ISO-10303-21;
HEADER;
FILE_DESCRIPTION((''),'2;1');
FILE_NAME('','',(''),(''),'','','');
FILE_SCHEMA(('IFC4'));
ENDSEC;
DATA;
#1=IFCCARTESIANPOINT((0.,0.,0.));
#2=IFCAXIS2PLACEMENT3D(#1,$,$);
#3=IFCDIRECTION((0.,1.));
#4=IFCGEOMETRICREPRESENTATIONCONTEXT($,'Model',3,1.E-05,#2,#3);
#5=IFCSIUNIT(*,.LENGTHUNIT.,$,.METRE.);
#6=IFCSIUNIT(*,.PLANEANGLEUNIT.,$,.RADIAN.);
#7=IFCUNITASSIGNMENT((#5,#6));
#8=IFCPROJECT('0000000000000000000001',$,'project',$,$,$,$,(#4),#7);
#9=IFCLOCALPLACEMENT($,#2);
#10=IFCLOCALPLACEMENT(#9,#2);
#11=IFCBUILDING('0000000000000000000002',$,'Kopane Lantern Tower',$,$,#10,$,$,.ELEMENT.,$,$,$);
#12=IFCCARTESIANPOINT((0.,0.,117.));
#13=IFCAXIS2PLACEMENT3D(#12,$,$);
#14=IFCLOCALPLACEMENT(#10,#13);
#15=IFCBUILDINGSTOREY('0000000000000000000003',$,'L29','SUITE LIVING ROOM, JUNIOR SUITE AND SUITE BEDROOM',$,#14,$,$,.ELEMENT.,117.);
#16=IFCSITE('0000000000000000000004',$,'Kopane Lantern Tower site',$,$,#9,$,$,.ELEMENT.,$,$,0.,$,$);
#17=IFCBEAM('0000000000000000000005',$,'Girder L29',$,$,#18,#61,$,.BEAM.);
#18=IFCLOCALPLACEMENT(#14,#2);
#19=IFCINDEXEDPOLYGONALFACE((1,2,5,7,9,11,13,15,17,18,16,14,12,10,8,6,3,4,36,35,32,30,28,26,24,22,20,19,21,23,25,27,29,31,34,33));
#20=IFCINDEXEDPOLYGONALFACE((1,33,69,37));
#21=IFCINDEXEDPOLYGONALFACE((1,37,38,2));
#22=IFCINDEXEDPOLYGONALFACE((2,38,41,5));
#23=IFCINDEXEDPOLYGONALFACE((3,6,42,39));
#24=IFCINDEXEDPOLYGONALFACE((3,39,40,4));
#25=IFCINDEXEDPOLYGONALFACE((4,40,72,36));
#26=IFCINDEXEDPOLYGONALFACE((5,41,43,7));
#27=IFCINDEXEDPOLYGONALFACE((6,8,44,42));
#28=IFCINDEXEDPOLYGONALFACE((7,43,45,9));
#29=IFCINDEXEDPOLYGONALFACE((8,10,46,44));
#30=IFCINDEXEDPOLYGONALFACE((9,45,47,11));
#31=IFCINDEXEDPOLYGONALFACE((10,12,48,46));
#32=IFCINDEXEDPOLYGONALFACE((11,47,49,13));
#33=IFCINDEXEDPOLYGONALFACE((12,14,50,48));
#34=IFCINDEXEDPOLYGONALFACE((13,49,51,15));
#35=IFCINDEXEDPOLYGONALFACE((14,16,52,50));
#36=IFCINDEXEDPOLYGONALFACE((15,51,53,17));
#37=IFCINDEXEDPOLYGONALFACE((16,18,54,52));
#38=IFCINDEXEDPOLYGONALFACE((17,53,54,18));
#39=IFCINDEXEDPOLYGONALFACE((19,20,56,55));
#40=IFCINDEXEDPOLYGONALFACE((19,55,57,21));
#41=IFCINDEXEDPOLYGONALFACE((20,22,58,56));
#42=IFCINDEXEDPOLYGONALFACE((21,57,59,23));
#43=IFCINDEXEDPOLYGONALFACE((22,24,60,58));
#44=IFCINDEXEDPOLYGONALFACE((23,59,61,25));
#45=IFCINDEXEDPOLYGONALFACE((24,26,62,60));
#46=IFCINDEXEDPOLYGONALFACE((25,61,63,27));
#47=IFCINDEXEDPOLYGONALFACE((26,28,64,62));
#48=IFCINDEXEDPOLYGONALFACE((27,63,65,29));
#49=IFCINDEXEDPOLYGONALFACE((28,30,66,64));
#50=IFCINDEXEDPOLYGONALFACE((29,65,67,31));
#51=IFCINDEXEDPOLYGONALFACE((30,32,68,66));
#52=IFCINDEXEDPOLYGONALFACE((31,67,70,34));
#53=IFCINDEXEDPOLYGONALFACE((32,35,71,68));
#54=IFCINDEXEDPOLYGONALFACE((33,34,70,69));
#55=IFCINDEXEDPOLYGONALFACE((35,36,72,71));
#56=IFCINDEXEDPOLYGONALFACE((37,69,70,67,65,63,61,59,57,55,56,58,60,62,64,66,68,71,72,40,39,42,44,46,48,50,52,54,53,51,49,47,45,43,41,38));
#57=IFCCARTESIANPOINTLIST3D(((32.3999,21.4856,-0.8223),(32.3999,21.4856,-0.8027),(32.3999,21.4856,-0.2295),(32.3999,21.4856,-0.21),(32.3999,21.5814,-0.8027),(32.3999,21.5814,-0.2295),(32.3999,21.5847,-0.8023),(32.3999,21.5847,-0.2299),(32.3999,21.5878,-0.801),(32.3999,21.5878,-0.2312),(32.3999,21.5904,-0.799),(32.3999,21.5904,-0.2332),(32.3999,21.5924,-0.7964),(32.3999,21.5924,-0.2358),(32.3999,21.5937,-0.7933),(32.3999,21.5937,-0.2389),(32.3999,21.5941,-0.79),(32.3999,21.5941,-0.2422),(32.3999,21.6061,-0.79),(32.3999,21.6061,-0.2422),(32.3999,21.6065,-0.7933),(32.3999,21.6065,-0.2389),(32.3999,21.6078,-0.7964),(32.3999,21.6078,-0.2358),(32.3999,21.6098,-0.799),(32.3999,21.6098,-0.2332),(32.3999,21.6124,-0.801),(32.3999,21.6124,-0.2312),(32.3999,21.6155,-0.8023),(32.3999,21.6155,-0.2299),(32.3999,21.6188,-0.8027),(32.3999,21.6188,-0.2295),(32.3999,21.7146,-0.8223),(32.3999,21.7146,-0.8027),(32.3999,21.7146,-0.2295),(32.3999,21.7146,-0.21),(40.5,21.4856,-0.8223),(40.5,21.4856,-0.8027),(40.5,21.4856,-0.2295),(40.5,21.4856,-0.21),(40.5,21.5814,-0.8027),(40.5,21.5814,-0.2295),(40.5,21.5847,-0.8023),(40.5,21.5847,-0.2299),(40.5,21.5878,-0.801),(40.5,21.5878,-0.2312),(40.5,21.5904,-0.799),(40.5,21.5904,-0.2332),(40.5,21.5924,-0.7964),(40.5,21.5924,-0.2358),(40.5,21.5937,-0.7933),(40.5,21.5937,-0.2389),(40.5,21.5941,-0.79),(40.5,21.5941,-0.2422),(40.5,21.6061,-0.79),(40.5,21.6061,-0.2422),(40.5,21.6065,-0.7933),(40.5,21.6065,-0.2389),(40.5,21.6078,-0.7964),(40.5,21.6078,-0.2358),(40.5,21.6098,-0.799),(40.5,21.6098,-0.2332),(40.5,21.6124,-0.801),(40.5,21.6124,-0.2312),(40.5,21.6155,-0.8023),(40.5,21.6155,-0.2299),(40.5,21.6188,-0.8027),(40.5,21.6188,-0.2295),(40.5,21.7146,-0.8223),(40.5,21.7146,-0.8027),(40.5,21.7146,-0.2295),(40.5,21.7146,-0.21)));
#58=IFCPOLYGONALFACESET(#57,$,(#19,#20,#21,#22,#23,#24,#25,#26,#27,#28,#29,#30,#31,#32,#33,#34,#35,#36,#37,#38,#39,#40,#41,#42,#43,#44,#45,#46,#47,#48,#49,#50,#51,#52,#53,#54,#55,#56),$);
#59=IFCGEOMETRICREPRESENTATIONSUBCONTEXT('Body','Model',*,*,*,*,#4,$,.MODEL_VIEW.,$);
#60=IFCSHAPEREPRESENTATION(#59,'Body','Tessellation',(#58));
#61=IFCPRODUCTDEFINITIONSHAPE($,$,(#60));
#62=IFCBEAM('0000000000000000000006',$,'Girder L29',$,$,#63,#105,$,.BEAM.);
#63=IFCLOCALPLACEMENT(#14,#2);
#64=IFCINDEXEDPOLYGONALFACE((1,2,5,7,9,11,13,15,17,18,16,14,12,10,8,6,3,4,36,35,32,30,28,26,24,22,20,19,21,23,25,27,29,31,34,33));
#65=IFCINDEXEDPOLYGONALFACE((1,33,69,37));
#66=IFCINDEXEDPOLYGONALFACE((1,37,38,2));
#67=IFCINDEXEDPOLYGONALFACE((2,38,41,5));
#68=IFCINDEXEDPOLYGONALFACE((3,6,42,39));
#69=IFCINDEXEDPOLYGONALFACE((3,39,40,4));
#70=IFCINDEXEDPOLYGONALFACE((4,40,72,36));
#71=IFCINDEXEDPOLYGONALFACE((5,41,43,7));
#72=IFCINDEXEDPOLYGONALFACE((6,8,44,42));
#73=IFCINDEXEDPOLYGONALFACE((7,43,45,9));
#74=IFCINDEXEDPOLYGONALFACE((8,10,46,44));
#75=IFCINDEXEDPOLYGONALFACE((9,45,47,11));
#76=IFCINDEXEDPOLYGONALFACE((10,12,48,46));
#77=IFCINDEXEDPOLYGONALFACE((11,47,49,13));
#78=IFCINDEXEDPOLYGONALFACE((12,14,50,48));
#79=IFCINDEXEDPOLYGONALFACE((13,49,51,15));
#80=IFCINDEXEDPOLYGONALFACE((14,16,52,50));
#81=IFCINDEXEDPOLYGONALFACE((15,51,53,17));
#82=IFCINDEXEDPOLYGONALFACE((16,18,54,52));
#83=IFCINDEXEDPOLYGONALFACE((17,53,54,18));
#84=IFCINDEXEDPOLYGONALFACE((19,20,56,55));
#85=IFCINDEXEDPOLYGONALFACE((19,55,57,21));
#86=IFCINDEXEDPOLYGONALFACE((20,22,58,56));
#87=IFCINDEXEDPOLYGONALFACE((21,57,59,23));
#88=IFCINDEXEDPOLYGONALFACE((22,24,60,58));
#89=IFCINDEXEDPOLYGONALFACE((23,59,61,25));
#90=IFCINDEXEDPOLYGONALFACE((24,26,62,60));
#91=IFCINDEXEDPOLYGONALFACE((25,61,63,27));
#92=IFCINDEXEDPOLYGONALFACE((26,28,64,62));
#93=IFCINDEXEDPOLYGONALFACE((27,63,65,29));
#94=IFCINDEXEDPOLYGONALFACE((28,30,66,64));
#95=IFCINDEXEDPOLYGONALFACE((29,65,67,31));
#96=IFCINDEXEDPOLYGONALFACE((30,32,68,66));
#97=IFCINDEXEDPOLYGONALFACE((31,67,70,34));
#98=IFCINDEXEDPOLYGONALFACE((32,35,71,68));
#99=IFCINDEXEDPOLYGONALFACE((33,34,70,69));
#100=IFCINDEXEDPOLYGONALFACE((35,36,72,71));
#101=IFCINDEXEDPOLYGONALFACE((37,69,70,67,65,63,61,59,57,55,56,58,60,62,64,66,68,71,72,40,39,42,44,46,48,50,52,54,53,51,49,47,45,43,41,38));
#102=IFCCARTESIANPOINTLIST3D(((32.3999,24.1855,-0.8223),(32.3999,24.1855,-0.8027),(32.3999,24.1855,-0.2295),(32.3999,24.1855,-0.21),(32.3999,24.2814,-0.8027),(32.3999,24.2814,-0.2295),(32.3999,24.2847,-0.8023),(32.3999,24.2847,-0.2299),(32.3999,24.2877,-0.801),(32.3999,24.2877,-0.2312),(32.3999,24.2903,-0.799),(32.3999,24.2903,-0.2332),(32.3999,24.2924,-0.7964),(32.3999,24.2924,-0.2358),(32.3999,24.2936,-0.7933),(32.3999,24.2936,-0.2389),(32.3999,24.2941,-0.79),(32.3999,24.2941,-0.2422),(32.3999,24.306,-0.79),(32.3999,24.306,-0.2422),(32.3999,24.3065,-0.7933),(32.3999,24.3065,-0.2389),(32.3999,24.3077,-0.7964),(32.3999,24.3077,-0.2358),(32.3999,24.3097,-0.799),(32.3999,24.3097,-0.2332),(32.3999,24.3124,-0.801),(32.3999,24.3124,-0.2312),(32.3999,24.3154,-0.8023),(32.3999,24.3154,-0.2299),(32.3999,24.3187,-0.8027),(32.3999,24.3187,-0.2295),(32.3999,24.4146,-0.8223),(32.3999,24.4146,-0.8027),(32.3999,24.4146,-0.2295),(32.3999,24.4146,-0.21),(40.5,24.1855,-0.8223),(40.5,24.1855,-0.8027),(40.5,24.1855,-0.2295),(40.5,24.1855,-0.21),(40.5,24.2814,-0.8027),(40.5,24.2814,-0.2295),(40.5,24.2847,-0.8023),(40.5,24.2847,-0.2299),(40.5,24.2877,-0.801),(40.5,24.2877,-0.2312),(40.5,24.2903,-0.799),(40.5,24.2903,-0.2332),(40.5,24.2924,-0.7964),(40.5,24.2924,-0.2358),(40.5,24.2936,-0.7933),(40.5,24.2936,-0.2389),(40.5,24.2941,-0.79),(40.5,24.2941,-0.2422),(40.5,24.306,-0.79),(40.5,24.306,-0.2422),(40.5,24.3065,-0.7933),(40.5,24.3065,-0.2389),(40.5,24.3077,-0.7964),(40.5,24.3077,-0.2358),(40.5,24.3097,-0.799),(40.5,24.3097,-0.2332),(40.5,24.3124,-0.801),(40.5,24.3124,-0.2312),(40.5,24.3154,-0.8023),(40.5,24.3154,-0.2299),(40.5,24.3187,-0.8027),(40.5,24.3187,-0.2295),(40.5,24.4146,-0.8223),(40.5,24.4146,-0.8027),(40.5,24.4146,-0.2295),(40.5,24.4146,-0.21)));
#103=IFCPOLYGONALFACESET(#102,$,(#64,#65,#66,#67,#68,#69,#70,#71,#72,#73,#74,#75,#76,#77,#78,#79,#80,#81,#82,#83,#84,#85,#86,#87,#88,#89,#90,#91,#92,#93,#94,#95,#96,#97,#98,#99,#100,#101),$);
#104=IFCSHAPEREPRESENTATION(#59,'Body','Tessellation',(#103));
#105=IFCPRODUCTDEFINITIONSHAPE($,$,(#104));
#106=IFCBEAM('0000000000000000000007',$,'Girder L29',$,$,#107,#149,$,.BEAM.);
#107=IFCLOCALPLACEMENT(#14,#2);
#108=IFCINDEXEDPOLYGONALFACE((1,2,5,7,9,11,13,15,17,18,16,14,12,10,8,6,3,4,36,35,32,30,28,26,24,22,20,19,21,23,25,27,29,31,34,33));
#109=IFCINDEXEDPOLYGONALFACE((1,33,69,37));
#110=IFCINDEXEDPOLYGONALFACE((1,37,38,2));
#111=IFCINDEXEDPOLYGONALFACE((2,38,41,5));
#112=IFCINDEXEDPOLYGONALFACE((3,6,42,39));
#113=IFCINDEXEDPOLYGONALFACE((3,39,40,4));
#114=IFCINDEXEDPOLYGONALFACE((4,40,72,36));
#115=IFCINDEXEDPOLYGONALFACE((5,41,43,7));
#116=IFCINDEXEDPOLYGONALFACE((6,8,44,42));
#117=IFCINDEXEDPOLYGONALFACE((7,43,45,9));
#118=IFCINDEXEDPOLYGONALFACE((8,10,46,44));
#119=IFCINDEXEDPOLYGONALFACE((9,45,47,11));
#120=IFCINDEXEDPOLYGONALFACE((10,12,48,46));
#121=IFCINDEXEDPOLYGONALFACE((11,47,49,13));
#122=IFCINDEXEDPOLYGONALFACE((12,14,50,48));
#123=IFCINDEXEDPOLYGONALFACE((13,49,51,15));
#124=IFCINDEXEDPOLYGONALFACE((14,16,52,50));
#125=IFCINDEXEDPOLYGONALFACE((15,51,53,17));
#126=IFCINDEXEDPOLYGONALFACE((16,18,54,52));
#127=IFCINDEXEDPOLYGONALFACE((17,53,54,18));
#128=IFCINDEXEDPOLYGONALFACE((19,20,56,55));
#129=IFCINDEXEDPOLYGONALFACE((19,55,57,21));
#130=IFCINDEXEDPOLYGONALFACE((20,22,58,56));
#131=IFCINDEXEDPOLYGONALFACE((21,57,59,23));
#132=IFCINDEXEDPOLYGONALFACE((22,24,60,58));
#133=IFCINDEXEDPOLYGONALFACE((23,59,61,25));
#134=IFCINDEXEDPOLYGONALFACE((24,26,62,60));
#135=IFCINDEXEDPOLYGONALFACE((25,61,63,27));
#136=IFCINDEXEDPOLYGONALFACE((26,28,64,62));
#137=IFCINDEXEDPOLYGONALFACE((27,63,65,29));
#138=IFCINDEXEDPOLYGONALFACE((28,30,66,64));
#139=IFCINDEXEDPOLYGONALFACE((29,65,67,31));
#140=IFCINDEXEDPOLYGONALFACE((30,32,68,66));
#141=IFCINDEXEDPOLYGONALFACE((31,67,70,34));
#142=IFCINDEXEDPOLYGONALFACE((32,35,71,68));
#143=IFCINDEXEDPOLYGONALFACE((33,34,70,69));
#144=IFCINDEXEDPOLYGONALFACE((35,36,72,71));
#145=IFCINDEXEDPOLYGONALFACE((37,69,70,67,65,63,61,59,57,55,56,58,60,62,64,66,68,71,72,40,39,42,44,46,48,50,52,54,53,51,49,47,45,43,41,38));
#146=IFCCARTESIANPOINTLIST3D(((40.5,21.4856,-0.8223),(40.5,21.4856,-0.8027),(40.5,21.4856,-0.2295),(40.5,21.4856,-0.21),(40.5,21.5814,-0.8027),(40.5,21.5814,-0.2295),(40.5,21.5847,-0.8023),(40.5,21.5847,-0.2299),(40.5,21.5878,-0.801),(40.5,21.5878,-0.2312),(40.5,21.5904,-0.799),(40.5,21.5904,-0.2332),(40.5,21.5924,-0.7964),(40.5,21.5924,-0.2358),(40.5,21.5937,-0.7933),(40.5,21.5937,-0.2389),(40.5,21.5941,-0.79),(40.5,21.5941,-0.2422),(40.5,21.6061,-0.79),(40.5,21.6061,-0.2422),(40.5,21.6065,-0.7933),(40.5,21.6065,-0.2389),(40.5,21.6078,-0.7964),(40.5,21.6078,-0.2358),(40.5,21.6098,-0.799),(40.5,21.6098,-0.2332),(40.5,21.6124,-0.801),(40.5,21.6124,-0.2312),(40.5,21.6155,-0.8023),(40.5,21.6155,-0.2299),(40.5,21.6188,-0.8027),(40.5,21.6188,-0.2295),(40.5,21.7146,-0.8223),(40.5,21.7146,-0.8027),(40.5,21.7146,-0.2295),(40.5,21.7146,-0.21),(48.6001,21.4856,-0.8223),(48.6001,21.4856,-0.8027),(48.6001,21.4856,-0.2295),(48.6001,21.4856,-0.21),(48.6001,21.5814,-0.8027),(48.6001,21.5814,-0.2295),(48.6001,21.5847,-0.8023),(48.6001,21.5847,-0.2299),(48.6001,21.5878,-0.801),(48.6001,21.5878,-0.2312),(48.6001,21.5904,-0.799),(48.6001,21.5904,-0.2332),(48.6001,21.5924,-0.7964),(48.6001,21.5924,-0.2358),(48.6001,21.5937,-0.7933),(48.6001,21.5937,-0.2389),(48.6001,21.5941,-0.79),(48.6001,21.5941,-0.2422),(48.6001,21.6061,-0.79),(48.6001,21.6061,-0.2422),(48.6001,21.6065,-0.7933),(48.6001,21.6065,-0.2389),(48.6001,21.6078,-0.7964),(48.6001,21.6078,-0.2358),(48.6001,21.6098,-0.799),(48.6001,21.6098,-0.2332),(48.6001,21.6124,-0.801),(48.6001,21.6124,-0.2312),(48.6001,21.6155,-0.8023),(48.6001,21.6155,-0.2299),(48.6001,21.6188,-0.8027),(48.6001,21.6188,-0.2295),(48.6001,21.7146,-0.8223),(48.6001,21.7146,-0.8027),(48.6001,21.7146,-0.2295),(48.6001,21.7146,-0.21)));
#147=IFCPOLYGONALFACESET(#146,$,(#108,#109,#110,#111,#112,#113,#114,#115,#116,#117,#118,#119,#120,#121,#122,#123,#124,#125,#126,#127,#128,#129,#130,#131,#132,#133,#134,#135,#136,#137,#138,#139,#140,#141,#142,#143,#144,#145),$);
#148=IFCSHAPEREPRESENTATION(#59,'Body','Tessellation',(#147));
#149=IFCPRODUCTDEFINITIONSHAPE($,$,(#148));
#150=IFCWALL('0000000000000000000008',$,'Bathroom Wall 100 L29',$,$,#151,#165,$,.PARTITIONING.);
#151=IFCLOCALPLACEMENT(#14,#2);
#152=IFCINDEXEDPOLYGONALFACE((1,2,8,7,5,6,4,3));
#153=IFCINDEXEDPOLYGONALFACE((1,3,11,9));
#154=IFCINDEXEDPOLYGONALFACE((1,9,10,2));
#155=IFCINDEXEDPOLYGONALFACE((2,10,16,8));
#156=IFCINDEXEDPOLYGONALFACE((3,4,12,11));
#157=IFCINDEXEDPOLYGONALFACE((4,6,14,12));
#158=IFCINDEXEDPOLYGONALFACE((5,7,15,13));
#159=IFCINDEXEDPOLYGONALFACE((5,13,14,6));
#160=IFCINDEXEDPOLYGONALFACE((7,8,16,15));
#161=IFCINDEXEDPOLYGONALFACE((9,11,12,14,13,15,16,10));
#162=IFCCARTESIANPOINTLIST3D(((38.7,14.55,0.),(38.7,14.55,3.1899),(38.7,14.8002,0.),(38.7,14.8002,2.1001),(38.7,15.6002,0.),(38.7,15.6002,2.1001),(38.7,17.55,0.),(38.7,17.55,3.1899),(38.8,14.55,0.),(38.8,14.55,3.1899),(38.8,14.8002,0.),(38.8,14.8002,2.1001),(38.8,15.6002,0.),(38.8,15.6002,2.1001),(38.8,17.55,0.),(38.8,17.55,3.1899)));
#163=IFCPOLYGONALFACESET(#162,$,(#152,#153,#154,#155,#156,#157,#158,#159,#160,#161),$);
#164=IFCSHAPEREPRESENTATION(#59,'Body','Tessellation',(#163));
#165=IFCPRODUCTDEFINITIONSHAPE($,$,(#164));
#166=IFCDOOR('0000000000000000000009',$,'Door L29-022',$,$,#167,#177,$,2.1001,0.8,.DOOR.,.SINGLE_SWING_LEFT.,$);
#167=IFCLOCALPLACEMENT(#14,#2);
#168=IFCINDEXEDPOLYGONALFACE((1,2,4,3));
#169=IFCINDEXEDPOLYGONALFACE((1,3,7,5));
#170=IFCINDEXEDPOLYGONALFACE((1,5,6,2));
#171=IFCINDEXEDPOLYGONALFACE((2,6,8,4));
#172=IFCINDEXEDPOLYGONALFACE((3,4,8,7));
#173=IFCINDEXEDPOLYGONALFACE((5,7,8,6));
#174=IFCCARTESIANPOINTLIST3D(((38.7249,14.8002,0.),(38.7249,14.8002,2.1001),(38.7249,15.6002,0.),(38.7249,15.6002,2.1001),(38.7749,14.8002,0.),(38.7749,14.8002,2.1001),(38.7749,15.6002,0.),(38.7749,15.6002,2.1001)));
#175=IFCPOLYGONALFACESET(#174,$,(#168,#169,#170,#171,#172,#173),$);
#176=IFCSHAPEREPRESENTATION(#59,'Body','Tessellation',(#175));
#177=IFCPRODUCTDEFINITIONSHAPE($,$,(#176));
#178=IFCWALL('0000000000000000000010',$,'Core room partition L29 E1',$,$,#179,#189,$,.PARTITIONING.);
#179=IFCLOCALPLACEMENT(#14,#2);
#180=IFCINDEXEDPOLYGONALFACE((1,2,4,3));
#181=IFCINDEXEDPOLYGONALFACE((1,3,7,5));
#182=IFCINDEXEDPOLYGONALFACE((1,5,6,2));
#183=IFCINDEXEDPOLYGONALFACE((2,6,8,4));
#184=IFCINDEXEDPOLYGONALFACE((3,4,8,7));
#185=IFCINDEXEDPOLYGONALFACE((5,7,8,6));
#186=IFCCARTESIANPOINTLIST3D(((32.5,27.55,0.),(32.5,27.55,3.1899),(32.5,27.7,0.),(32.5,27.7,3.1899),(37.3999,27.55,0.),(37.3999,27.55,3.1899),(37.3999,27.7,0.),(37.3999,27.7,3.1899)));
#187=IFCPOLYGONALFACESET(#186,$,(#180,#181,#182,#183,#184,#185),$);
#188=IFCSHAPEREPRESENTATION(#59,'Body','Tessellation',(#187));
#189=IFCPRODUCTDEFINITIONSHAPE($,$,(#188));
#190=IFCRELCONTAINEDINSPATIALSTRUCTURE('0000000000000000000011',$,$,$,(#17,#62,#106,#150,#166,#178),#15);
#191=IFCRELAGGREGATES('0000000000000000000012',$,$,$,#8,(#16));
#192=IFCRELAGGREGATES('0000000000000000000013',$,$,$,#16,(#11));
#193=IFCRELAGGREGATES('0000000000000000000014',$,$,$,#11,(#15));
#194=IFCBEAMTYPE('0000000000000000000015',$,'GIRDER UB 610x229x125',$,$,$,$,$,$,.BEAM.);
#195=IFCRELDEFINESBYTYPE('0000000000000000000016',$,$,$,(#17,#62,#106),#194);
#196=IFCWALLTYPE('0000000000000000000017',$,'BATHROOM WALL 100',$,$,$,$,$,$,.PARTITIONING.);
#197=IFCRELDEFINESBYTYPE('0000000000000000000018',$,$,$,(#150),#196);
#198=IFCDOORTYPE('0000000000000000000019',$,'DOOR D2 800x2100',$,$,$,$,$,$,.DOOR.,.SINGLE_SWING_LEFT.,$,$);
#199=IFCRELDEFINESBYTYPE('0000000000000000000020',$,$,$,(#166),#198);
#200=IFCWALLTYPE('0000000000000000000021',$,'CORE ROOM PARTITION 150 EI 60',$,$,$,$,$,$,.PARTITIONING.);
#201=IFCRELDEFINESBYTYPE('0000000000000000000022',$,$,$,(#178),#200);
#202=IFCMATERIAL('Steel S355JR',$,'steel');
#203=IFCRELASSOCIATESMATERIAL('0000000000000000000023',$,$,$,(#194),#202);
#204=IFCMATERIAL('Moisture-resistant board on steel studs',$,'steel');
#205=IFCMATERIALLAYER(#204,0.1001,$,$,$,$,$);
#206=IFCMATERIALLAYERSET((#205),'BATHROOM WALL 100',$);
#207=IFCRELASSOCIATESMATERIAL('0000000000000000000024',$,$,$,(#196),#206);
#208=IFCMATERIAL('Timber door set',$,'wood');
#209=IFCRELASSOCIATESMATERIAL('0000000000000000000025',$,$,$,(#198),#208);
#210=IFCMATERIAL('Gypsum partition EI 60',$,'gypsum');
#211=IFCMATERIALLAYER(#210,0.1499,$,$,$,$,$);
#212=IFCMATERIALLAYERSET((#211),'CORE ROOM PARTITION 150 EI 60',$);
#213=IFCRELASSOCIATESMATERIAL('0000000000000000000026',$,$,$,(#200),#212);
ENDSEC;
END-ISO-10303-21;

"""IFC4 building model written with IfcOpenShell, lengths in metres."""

from ifc_helpers import new_model, si_unit, direction, frame, frame_2d, origin, origin_2d, place, context, subcontext, project, spatial, rectangle, i_section, extrude, material, layer, layer_set, material_profile, profile_set, type_object, element, fill, save


model = new_model("IFC4")

# Units and contexts
model_context = context("Model", 3, precision=1e-05, world=origin(), true_north=direction((0.0, 1.0)))
body_context = subcontext(model_context, "Body", "Model", "MODEL_VIEW")
ifc_project = project(units=[si_unit("LENGTHUNIT", "METRE"), si_unit("PLANEANGLEUNIT", "RADIAN")], contexts=[model_context])

# Site, building, storey
site_placement = place(None, origin())
site = spatial("IfcSite", under=ifc_project, at=site_placement, Name="Kopane Lantern Tower site", CompositionType="ELEMENT", RefElevation=0.0)
building_placement = place(site_placement, origin())
building = spatial("IfcBuilding", under=site, at=building_placement, Name="Kopane Lantern Tower", CompositionType="ELEMENT")
storey_placement = place(building_placement, frame((0.0, 0.0, 117.0)))
storey = spatial("IfcBuildingStorey", under=building, at=storey_placement, Name="L29", Description="SUITE LIVING ROOM, JUNIOR SUITE AND SUITE BEDROOM", CompositionType="ELEMENT", Elevation=117.0)

# Beams
ifc_material_1 = material(Name="Steel S355JR", Category="steel")
ifc_material_profile_1 = material_profile(ifc_material_1, i_section(OverallWidth=0.229, OverallDepth=0.6123, WebThickness=0.012, FlangeThickness=0.0195, FilletRadius=0.0127, at=origin_2d()), Name="UB 610x229x125")
ifc_profile_set_1 = profile_set([ifc_material_profile_1], Name="Steel S355JR")
beam_type_1 = type_object("IfcBeamType", Name="GIRDER UB 610x229x125", PredefinedType="BEAM", material=ifc_profile_set_1)
for number, where, z_axis, x_axis, name in (
    (1, (32.3999, 21.6001, -0.5161), (1.0, 0.0, 0.0), (0.0, 1.0, 0.0), "Girder L29"),
    (2, (32.3999, 24.3, -0.5161), (1.0, 0.0, 0.0), (0.0, 1.0, 0.0), "Girder L29"),
    (3, (40.5, 21.6001, -0.5161), (1.0, 0.0, 0.0), (0.0, 1.0, 0.0), "Girder L29"),
):
    element("IfcBeam", number, at=place(storey_placement, frame(where, z_axis=z_axis, x_axis=x_axis)), inside=storey, type_object=beam_type_1, Name=name, PredefinedType="BEAM", context=body_context, shape_type="SweptSolid", body=[
        extrude(i_section(OverallWidth=0.229, OverallDepth=0.6123, WebThickness=0.012, FlangeThickness=0.0195, FilletRadius=0.0127, at=origin_2d()), origin(), (0.0, 0.0, 1.0), 8.1001),
    ])

# Wall, opening, door
ifc_material_2 = material(Name="Moisture-resistant board on steel studs", Category="steel")
ifc_layer_1 = layer(ifc_material_2, 0.1001)
ifc_layer_set_1 = layer_set([ifc_layer_1], Name="BATHROOM WALL 100")
wall_type_1 = type_object("IfcWallType", Name="BATHROOM WALL 100", PredefinedType="PARTITIONING", material=ifc_layer_set_1)
wall_1_placement = place(storey_placement, frame((38.75, 17.55, 0.0), z_axis=(0.0, 0.0, 1.0), x_axis=(0.0, -1.0, 0.0)))
wall_1 = element("IfcWall", 4, at=wall_1_placement, inside=storey, type_object=wall_type_1, Name="Bathroom Wall 100 L29", PredefinedType="PARTITIONING", context=body_context, shape_type="SweptSolid", body=[
    extrude(rectangle(XDim=3.0, YDim=0.1001, at=frame_2d((1.5, 0.0))), origin(), (0.0, 0.0, 1.0), 3.1899),
])
opening_1_placement = place(wall_1_placement, frame((1.95, 0.0, 0.0)))
opening_1 = element("IfcOpeningElement", 5, at=opening_1_placement, cuts=wall_1, PredefinedType="OPENING", context=body_context, shape_type="SweptSolid", body=[
    extrude(rectangle(XDim=0.8, YDim=2.1001, at=frame_2d((0.3999, 1.05))), frame((0.0, 0.0601, 0.0), z_axis=(0.0, -1.0, 0.0), x_axis=(1.0, 0.0, 0.0)), (0.0, 0.0, 1.0), 0.1201),
])
ifc_material_3 = material(Name="Timber door set", Category="wood")
door_type_1 = type_object("IfcDoorType", Name="DOOR D2 800x2100", OperationType="SINGLE_SWING_LEFT", PredefinedType="DOOR", material=ifc_material_3)
door_1_placement = place(opening_1_placement, origin())
door_1 = element("IfcDoor", 6, at=door_1_placement, inside=storey, type_object=door_type_1, Name="Door L29-022", OperationType="SINGLE_SWING_LEFT", OverallHeight=2.1001, OverallWidth=0.8, PredefinedType="DOOR", context=body_context, shape_type="SweptSolid", body=[
    extrude(rectangle(XDim=0.8, YDim=2.1001, at=frame_2d((0.3999, 1.05))), frame((0.0, 0.0249, 0.0), z_axis=(0.0, -1.0, 0.0), x_axis=(1.0, 0.0, 0.0)), (0.0, 0.0, 1.0), 0.05),
])
fill(opening_1, door_1)

# Wall
ifc_material_4 = material(Name="Gypsum partition EI 60", Category="gypsum")
ifc_layer_2 = layer(ifc_material_4, 0.1499)
ifc_layer_set_2 = layer_set([ifc_layer_2], Name="CORE ROOM PARTITION 150 EI 60")
wall_type_2 = type_object("IfcWallType", Name="CORE ROOM PARTITION 150 EI 60", PredefinedType="PARTITIONING", material=ifc_layer_set_2)
wall_2_placement = place(storey_placement, frame((32.5, 27.625, 0.0), z_axis=(0.0, 0.0, 1.0), x_axis=(1.0, 0.0, 0.0)))
element("IfcWall", 7, at=wall_2_placement, inside=storey, type_object=wall_type_2, Name="Core room partition L29 E1", PredefinedType="PARTITIONING", context=body_context, shape_type="SweptSolid", body=[
    extrude(rectangle(XDim=4.8999, YDim=0.1499, at=frame_2d((2.45, 0.0))), origin(), (0.0, 0.0, 1.0), 3.1899),
])

save(model, "model.ifc")
